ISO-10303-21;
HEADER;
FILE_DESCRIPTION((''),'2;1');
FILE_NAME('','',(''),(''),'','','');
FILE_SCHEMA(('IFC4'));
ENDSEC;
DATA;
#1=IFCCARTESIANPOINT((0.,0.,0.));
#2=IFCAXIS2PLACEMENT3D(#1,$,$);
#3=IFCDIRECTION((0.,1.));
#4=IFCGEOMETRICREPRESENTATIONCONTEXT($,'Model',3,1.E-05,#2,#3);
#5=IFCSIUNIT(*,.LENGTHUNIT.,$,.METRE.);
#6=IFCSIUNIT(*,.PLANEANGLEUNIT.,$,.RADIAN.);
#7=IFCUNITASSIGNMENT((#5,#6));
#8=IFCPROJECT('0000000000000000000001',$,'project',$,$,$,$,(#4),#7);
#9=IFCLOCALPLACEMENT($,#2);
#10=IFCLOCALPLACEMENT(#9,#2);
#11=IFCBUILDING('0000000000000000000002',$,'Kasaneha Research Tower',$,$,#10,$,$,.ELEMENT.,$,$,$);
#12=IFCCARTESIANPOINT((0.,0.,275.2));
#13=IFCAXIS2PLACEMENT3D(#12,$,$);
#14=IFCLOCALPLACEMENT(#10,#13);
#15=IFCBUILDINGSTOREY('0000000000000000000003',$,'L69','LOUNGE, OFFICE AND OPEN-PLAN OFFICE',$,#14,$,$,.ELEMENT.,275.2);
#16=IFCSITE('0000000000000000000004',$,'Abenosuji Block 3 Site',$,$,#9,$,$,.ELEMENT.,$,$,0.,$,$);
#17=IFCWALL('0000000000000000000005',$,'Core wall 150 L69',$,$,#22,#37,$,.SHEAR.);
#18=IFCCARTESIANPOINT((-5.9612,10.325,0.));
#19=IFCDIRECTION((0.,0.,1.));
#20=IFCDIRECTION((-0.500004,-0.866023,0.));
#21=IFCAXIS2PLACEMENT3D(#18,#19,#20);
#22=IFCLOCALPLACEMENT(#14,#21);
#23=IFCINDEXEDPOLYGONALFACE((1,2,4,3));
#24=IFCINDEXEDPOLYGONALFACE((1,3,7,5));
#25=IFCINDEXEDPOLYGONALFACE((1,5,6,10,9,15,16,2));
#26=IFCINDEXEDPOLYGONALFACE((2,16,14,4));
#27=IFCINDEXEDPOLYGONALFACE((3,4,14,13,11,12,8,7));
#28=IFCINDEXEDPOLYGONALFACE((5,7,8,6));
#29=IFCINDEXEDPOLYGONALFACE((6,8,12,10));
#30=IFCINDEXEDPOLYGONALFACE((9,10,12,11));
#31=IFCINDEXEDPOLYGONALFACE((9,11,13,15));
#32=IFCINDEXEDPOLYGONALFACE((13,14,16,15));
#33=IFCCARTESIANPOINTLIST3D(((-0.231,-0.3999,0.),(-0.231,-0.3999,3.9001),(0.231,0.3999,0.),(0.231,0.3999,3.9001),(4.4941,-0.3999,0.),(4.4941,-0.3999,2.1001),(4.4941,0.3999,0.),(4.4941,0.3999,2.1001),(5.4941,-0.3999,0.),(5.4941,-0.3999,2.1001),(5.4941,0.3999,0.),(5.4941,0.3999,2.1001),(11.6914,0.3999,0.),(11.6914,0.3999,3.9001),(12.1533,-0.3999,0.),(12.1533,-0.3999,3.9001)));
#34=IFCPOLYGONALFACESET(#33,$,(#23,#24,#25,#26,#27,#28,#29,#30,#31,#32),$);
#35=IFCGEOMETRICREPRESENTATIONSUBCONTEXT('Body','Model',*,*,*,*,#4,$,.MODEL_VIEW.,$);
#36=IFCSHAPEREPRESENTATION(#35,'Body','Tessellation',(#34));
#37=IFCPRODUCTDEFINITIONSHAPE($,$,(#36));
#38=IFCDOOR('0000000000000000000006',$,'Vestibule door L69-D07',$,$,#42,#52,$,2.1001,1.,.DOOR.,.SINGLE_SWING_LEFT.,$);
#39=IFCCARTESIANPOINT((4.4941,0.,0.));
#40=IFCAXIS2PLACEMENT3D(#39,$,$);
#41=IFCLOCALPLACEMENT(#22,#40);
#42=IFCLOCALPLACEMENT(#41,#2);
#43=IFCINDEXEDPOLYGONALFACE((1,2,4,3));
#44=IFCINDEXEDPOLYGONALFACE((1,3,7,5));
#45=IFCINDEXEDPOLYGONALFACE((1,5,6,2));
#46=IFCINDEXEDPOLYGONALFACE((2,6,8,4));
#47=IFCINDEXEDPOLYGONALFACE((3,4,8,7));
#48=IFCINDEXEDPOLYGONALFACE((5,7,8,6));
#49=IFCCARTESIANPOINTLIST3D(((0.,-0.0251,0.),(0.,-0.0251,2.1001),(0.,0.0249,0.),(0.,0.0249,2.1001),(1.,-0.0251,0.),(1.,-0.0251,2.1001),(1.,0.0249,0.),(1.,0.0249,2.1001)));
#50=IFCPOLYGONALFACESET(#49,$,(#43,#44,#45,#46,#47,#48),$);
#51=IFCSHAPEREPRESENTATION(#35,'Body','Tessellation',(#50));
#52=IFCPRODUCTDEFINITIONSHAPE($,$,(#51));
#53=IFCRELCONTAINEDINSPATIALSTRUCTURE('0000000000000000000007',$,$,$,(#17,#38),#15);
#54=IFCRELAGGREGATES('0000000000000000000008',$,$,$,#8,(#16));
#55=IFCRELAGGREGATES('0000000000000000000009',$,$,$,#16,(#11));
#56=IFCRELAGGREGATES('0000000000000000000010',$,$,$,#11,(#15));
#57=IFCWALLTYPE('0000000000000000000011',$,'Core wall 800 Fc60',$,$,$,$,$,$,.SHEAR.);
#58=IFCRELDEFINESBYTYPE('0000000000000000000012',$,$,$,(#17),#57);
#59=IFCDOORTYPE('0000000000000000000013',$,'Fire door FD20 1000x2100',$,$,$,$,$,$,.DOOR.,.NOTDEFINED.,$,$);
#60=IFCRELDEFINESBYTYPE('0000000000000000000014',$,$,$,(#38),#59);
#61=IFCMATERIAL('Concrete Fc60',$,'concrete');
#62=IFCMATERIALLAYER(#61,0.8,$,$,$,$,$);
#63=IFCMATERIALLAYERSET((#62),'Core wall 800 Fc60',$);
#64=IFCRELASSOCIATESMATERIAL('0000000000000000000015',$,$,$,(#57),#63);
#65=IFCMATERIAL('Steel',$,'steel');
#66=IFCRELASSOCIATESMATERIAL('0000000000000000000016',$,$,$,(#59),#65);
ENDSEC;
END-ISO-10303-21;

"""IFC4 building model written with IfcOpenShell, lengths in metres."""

from ifc_helpers import new_model, si_unit, direction, frame, frame_2d, origin, place, context, subcontext, project, spatial, polyline, rectangle, outline, extrude, material, layer, layer_set, type_object, element, fill, save


model = new_model("IFC4")

# Units and contexts
model_context = context("Model", 3, precision=1e-05, world=origin(), true_north=direction((0.0, 1.0)))
body_context = subcontext(model_context, "Body", "Model", "MODEL_VIEW")
ifc_project = project(units=[si_unit("LENGTHUNIT", "METRE"), si_unit("PLANEANGLEUNIT", "RADIAN")], contexts=[model_context])

# Site, building, storey
site_placement = place(None, origin())
site = spatial("IfcSite", under=ifc_project, at=site_placement, Name="Abenosuji Block 3 Site", CompositionType="ELEMENT", RefElevation=0.0)
building_placement = place(site_placement, origin())
building = spatial("IfcBuilding", under=site, at=building_placement, Name="Kasaneha Research Tower", CompositionType="ELEMENT")
storey_placement = place(building_placement, frame((0.0, 0.0, 275.2)))
storey = spatial("IfcBuildingStorey", under=building, at=storey_placement, Name="L69", Description="LOUNGE, OFFICE AND OPEN-PLAN OFFICE", CompositionType="ELEMENT", Elevation=275.2)

# Wall, opening, door
ifc_material_1 = material(Name="Concrete Fc60", Category="concrete")
ifc_layer_1 = layer(ifc_material_1, 0.8)
ifc_layer_set_1 = layer_set([ifc_layer_1], Name="Core wall 800 Fc60")
wall_type_1 = type_object("IfcWallType", Name="Core wall 800 Fc60", PredefinedType="SHEAR", material=ifc_layer_set_1)
wall_1_placement = place(storey_placement, frame((-5.9612, 10.325, 0.0), z_axis=(0.0, 0.0, 1.0), x_axis=(-0.500004, -0.866023, 0.0)))
wall_1 = element("IfcWall", 1, at=wall_1_placement, inside=storey, type_object=wall_type_1, Name="Core wall 150 L69", PredefinedType="SHEAR", context=body_context, shape_type="SweptSolid", body=[
    extrude(outline(polyline([(-0.231, -0.3999), (4.4941, -0.3999), (5.4941, -0.3999), (12.1533, -0.3999), (11.6914, 0.3999), (5.4941, 0.3999), (4.4941, 0.3999), (0.231, 0.3999), (-0.231, -0.3999)])), origin(), (0.0, 0.0, 1.0), 3.9001),
])
opening_1_placement = place(wall_1_placement, frame((4.4941, 0.0, 0.0)))
opening_1 = element("IfcOpeningElement", 2, at=opening_1_placement, cuts=wall_1, PredefinedType="OPENING", context=body_context, shape_type="SweptSolid", body=[
    extrude(rectangle(XDim=1.0, YDim=2.1001, at=frame_2d((0.5, 1.05))), frame((0.0, 0.4102, 0.0), z_axis=(0.0, -1.0, 0.0), x_axis=(1.0, 0.0, 0.0)), (0.0, 0.0, 1.0), 0.8201),
])
ifc_material_2 = material(Name="Steel", Category="steel")
door_type_1 = type_object("IfcDoorType", Name="Fire door FD20 1000x2100", OperationType="NOTDEFINED", PredefinedType="DOOR", material=ifc_material_2)
door_1_placement = place(opening_1_placement, origin())
door_1 = element("IfcDoor", 3, at=door_1_placement, inside=storey, type_object=door_type_1, Name="Vestibule door L69-D07", OperationType="SINGLE_SWING_LEFT", OverallHeight=2.1001, OverallWidth=1.0, PredefinedType="DOOR", context=body_context, shape_type="SweptSolid", body=[
    extrude(rectangle(XDim=1.0, YDim=2.1001, at=frame_2d((0.5, 1.05))), frame((0.0, 0.0249, 0.0), z_axis=(0.0, -1.0, 0.0), x_axis=(1.0, 0.0, 0.0)), (0.0, 0.0, 1.0), 0.05),
])
fill(opening_1, door_1)

save(model, "model.ifc")
